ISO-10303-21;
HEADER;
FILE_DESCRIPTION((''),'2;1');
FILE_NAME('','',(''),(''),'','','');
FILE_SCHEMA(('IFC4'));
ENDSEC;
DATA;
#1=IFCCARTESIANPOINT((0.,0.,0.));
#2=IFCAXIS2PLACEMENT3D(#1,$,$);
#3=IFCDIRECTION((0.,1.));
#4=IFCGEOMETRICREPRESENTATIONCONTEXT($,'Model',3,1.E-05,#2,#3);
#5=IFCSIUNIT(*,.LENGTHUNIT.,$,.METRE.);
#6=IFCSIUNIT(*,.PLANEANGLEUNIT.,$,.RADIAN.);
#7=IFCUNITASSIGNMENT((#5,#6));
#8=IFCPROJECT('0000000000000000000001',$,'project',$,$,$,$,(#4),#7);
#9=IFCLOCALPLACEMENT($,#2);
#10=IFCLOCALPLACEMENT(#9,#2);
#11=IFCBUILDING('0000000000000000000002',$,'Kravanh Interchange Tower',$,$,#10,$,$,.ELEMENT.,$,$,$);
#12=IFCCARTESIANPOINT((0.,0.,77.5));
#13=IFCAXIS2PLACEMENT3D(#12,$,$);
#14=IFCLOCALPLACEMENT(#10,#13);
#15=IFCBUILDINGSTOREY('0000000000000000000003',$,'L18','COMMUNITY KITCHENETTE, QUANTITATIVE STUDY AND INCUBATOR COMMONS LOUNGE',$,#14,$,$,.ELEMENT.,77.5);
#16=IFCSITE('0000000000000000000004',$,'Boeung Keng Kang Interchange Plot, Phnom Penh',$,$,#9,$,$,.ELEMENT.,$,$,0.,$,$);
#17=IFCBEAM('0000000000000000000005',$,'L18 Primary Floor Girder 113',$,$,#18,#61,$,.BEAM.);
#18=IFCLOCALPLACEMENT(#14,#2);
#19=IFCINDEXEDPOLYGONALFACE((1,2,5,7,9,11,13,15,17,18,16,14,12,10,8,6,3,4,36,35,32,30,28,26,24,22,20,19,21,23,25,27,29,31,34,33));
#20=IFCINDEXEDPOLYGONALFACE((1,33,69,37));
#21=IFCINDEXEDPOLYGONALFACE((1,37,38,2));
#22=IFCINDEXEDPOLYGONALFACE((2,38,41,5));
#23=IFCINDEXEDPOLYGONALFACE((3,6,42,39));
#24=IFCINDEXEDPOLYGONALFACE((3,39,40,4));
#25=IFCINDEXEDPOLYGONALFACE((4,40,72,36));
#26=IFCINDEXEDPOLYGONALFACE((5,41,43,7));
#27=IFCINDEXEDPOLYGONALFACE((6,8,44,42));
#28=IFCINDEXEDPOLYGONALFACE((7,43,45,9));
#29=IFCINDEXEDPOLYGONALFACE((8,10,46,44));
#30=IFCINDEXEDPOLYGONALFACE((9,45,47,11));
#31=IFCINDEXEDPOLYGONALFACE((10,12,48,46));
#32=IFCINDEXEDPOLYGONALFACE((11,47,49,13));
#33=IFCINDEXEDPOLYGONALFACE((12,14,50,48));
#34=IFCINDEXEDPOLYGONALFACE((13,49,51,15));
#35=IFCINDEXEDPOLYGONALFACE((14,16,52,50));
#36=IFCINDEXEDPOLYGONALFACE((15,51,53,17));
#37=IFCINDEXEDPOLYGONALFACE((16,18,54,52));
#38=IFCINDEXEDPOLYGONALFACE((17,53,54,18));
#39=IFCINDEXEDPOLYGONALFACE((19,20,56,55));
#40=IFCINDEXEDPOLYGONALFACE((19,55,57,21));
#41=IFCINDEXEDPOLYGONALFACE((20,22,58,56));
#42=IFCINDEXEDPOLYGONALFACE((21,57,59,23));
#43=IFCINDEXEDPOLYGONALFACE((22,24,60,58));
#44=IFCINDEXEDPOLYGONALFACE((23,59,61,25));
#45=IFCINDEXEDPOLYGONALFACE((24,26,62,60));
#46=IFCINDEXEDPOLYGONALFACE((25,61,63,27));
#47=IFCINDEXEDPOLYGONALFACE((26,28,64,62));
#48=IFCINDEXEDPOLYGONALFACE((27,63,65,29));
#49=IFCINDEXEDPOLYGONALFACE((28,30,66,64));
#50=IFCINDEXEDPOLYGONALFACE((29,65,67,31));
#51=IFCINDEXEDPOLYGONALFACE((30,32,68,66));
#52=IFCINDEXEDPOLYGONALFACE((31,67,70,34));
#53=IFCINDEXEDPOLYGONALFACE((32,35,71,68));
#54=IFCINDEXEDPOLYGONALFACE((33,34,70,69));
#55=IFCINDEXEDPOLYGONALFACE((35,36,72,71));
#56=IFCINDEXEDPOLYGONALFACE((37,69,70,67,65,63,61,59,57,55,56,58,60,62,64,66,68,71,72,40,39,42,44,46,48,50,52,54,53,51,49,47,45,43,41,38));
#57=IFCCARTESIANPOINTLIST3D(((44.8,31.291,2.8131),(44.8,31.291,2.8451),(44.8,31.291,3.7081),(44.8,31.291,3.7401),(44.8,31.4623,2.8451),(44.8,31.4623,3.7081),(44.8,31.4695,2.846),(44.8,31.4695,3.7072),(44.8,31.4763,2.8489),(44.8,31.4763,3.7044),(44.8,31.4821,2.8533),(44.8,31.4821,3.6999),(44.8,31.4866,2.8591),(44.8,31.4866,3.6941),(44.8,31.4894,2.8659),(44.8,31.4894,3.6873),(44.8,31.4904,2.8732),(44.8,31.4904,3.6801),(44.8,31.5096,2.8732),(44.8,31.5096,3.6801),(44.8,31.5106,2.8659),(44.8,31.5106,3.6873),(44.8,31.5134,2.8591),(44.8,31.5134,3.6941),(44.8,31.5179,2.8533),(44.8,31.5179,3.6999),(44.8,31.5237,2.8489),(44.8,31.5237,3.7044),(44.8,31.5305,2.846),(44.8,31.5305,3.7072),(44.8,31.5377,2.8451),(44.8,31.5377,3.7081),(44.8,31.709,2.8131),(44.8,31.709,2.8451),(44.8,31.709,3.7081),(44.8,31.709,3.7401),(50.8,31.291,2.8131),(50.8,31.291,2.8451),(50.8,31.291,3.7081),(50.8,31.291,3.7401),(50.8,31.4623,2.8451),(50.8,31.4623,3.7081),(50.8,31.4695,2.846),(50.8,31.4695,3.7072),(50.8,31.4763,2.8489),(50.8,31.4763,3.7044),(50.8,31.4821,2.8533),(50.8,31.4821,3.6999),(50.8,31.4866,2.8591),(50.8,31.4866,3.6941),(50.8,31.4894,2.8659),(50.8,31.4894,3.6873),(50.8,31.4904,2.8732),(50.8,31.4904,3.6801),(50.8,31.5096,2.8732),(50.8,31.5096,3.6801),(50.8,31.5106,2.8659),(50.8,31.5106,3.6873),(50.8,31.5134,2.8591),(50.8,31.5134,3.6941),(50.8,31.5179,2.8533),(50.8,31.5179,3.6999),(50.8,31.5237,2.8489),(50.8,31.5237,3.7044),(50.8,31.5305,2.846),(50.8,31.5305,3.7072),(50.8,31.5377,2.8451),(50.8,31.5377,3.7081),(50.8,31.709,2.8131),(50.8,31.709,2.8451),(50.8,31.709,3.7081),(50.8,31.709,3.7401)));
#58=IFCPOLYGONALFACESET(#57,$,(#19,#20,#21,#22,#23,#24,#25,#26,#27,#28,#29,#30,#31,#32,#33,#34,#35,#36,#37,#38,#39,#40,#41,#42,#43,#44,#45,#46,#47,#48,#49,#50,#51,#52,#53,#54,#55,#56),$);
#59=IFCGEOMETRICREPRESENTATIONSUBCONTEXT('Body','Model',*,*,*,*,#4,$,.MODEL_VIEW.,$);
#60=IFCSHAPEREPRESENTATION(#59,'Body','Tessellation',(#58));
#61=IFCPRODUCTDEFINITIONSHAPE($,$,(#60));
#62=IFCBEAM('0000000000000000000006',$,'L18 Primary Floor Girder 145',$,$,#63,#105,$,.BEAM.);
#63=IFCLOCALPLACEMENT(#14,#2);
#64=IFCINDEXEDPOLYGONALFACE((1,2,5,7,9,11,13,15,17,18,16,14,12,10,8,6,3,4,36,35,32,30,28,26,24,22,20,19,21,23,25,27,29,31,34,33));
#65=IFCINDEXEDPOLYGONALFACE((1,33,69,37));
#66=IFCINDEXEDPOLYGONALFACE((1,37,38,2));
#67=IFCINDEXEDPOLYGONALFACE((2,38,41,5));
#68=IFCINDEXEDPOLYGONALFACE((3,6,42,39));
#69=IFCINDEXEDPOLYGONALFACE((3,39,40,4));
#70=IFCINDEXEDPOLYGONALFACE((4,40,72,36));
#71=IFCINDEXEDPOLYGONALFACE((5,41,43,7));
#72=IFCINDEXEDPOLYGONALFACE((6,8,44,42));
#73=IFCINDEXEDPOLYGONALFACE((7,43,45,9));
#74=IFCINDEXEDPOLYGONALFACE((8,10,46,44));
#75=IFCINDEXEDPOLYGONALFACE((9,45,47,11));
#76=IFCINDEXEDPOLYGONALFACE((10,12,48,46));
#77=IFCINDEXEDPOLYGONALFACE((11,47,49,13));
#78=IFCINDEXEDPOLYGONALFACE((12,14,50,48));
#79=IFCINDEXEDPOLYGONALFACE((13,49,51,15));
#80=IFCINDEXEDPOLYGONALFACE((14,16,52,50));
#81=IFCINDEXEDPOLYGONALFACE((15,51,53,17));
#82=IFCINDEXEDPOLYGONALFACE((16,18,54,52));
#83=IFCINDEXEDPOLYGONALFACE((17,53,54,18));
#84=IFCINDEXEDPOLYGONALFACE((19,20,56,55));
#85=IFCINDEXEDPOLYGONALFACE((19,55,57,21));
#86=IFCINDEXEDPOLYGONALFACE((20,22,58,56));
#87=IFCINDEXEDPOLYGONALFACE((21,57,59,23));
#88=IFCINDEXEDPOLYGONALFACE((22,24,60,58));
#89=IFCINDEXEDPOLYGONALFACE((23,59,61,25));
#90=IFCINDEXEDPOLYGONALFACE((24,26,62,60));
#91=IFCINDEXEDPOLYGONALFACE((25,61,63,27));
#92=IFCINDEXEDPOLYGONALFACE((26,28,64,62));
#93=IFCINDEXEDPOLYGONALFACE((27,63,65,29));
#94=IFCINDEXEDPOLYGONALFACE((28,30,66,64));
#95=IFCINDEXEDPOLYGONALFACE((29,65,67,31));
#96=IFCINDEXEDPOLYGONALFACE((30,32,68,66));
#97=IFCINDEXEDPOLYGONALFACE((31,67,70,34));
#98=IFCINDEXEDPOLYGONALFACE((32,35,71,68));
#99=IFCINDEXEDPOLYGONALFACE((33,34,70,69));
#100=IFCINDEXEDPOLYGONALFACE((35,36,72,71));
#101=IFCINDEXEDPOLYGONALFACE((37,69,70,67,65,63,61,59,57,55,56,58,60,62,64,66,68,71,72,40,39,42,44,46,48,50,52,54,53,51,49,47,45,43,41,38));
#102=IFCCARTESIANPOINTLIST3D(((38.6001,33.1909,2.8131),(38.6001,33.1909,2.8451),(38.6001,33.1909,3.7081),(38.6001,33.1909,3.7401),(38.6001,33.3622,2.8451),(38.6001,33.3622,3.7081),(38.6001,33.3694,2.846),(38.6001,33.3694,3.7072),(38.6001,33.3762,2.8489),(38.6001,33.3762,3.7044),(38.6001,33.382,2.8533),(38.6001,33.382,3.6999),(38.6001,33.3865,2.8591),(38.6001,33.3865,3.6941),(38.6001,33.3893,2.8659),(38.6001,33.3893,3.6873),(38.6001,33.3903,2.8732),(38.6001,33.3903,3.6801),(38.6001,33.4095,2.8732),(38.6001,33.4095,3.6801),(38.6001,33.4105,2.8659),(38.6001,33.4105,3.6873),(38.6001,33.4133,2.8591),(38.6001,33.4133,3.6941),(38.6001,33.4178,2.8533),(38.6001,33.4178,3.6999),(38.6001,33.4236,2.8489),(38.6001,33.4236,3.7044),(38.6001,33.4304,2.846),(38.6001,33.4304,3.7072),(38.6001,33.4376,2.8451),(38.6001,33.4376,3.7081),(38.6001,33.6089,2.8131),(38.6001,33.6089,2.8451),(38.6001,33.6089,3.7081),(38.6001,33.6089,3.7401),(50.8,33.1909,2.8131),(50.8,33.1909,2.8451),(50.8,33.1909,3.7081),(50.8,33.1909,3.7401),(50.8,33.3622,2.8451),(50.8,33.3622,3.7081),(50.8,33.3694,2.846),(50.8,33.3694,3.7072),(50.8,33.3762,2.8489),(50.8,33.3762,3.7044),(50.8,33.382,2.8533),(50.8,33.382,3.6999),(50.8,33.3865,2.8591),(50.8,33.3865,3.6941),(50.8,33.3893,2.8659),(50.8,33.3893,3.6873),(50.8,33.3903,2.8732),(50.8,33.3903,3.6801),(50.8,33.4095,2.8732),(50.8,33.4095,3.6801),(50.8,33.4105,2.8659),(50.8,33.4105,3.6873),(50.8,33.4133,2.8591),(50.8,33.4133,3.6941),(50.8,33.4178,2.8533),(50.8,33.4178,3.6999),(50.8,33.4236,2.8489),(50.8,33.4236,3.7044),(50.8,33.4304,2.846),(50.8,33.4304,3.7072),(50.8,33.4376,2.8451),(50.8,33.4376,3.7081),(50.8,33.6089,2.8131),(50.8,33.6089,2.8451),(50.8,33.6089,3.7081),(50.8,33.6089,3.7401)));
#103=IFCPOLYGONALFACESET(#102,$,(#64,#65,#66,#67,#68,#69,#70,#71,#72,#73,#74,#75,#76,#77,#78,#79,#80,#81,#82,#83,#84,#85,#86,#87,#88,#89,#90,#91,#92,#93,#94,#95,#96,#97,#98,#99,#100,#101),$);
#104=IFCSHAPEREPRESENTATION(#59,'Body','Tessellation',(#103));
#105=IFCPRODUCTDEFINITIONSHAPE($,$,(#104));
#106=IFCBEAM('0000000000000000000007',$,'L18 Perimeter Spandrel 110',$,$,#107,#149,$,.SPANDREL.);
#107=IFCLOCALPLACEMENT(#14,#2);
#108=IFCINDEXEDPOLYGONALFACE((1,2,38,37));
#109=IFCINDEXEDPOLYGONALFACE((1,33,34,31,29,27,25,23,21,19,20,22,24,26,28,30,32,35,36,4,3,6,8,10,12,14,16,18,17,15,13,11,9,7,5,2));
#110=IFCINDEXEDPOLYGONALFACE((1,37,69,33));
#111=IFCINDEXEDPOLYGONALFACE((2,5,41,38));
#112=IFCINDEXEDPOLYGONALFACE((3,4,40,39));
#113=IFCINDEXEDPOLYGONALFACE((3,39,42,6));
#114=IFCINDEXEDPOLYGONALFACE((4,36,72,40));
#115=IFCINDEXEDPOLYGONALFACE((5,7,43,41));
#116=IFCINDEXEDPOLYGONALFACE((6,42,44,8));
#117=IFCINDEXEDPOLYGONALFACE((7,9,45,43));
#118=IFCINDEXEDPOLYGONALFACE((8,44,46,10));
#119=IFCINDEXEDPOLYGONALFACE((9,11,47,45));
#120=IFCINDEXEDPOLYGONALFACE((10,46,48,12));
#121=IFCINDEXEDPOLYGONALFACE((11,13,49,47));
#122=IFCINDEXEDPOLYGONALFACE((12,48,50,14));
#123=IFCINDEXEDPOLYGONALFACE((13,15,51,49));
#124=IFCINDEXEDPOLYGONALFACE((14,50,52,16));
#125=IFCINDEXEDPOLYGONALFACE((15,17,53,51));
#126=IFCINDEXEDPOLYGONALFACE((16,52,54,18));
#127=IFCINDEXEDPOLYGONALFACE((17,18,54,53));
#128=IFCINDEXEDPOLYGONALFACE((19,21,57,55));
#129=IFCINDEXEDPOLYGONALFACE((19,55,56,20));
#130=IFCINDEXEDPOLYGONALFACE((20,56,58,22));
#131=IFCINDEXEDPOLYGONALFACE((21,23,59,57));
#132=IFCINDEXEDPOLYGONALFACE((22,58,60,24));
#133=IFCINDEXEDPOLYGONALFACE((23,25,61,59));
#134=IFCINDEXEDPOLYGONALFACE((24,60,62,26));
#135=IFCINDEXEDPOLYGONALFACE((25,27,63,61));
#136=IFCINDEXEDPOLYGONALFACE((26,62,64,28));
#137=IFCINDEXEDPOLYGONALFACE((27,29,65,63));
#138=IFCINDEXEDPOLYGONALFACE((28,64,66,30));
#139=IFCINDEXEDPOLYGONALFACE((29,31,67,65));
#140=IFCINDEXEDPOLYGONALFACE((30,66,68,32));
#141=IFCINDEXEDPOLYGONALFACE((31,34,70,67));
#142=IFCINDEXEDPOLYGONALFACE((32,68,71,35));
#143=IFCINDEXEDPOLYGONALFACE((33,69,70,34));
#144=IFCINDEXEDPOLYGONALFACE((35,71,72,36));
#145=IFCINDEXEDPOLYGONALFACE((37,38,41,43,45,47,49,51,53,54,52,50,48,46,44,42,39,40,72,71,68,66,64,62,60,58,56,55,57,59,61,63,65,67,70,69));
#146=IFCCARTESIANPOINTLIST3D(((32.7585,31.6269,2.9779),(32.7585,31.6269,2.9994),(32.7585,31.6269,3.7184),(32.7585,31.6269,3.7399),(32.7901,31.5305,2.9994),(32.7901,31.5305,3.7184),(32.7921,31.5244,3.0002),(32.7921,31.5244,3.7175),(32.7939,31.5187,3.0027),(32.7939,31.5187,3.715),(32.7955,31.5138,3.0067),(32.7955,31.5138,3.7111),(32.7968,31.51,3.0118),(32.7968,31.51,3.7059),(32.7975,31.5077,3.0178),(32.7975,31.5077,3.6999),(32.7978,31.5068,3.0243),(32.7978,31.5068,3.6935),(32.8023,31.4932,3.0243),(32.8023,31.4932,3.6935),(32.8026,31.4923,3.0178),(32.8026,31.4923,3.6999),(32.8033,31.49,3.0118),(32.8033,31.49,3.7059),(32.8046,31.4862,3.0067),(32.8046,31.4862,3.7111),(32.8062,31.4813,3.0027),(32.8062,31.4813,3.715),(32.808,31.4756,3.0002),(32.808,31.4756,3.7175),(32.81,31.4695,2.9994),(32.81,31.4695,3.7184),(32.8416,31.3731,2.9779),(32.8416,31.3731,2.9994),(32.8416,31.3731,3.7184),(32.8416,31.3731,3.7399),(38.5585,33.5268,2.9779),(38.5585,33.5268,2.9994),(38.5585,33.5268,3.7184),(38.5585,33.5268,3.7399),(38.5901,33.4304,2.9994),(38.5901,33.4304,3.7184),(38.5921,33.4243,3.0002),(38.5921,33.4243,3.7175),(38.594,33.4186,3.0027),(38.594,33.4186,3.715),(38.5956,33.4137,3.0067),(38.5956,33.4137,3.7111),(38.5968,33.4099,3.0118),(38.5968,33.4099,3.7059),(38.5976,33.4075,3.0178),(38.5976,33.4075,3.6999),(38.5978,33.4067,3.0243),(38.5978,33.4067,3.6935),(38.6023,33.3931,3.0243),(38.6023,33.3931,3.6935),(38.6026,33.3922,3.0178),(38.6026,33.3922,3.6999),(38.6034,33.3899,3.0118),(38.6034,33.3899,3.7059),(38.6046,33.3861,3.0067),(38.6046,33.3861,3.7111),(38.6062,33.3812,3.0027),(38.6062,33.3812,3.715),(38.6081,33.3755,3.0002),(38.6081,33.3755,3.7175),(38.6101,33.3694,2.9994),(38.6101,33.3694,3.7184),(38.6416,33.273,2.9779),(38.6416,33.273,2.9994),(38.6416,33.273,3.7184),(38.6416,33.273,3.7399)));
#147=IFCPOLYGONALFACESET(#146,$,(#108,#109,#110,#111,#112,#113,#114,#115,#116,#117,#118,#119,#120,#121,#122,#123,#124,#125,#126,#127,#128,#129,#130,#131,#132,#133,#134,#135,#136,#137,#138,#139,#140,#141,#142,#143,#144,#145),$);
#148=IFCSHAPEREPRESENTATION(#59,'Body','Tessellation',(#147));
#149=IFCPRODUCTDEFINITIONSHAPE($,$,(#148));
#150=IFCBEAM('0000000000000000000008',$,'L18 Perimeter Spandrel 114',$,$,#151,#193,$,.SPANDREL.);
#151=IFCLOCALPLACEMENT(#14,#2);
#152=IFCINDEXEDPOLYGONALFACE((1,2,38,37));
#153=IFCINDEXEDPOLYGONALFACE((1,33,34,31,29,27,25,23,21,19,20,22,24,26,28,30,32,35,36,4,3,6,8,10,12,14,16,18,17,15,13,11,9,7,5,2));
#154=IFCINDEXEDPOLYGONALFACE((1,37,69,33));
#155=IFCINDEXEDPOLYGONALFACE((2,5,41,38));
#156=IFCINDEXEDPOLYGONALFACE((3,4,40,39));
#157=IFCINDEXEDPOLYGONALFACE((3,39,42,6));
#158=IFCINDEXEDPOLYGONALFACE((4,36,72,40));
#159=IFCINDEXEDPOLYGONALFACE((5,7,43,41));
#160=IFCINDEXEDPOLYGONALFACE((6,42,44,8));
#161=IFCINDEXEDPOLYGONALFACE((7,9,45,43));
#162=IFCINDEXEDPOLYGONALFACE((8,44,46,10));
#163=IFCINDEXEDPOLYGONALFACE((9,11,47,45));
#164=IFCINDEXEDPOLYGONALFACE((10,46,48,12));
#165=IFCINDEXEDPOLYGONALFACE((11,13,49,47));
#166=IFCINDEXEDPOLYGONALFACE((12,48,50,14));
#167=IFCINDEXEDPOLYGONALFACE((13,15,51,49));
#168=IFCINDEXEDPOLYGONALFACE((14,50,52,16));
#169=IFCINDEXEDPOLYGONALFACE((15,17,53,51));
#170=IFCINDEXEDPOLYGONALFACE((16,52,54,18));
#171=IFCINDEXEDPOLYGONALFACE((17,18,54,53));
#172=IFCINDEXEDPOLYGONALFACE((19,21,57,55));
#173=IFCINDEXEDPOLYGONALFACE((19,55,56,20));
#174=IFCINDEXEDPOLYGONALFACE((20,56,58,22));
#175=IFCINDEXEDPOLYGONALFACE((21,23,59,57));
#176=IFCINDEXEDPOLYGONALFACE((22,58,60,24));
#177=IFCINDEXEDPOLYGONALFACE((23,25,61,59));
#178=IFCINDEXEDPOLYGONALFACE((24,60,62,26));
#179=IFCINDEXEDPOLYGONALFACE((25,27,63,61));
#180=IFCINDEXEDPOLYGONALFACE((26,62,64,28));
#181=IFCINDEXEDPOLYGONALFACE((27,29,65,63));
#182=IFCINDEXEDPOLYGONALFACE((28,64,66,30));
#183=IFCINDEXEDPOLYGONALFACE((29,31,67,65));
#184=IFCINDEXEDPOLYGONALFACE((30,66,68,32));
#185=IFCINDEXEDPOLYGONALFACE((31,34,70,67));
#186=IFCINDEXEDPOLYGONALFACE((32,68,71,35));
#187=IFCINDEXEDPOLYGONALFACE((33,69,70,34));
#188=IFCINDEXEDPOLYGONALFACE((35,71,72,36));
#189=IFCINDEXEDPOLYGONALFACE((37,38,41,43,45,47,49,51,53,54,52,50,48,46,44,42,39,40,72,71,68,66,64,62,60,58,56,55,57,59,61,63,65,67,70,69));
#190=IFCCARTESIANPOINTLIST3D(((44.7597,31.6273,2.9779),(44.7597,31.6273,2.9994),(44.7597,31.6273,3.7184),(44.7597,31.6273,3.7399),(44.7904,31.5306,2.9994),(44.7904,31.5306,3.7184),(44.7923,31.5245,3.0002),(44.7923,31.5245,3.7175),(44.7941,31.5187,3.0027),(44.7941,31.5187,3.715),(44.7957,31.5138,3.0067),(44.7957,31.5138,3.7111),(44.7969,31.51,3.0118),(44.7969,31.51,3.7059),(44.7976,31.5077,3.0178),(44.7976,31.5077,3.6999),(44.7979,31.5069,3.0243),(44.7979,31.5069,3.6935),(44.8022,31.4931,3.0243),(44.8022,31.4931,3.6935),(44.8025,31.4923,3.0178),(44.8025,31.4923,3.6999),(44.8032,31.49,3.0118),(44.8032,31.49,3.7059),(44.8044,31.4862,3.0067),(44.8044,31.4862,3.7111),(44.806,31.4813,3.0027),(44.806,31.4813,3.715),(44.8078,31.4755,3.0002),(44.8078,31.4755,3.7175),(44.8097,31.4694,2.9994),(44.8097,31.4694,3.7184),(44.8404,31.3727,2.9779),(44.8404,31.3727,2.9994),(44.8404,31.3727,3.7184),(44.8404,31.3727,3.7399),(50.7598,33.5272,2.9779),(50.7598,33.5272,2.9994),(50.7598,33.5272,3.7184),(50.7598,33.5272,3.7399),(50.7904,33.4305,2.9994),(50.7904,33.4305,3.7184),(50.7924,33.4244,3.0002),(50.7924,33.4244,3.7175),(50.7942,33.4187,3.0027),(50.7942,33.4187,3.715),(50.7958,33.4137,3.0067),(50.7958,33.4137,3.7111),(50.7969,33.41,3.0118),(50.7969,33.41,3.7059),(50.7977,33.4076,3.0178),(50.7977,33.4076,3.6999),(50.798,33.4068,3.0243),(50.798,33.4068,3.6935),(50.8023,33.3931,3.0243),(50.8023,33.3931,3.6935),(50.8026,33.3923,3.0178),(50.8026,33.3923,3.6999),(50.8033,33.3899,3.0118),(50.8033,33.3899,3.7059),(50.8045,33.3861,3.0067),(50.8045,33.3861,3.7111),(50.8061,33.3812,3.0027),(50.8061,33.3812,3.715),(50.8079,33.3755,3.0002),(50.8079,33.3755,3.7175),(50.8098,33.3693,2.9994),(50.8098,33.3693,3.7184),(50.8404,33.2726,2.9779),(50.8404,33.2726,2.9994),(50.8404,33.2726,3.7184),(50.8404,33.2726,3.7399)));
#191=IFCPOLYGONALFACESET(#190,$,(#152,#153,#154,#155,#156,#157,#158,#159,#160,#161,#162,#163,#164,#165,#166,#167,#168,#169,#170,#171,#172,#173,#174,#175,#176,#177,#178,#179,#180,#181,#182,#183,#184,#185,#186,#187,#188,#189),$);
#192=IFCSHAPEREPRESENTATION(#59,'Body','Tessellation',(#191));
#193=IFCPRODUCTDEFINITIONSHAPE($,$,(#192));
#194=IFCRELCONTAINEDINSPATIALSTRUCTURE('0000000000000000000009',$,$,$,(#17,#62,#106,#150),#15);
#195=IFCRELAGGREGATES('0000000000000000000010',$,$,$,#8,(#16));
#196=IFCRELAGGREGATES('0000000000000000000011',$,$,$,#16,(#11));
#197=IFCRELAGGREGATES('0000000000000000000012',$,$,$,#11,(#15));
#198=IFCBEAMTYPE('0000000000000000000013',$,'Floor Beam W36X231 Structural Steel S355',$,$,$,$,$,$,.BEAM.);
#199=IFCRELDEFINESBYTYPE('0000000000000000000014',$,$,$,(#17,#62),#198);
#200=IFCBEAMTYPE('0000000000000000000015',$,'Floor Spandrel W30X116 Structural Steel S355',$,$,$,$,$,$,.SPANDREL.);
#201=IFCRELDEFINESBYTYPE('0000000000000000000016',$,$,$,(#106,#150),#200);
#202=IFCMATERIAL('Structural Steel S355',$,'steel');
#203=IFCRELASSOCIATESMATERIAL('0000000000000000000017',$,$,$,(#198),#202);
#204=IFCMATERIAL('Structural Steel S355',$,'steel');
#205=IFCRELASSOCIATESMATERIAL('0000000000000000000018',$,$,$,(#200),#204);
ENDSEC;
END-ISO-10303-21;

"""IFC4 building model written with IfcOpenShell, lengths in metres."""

from ifc_helpers import new_model, si_unit, direction, frame, origin, origin_2d, place, context, subcontext, project, spatial, i_section, extrude, material, material_profile, profile_set, type_object, element, save


model = new_model("IFC4")

# Units and contexts
model_context = context("Model", 3, precision=1e-05, world=origin(), true_north=direction((0.0, 1.0)))
body_context = subcontext(model_context, "Body", "Model", "MODEL_VIEW")
ifc_project = project(units=[si_unit("LENGTHUNIT", "METRE"), si_unit("PLANEANGLEUNIT", "RADIAN")], contexts=[model_context])

# Site, building, storey
site_placement = place(None, origin())
site = spatial("IfcSite", under=ifc_project, at=site_placement, Name="Boeung Keng Kang Interchange Plot, Phnom Penh", CompositionType="ELEMENT", RefElevation=0.0)
building_placement = place(site_placement, origin())
building = spatial("IfcBuilding", under=site, at=building_placement, Name="Kravanh Interchange Tower", CompositionType="ELEMENT")
storey_placement = place(building_placement, frame((0.0, 0.0, 77.5)))
storey = spatial("IfcBuildingStorey", under=building, at=storey_placement, Name="L18", Description="COMMUNITY KITCHENETTE, QUANTITATIVE STUDY AND INCUBATOR COMMONS LOUNGE", CompositionType="ELEMENT", Elevation=77.5)

# Beams
ifc_material_1 = material(Name="Structural Steel S355", Category="steel")
ifc_material_profile_1 = material_profile(ifc_material_1, i_section(OverallWidth=0.418, OverallDepth=0.927, WebThickness=0.0193, FlangeThickness=0.032, FilletRadius=0.0281, at=origin_2d()), Name="W36X231")
ifc_profile_set_1 = profile_set([ifc_material_profile_1], Name="Structural Steel S355")
beam_type_1 = type_object("IfcBeamType", Name="Floor Beam W36X231 Structural Steel S355", PredefinedType="BEAM", material=ifc_profile_set_1)
beam_1_placement = place(storey_placement, frame((44.8, 31.5, 3.2766), z_axis=(1.0, 0.0, 0.0), x_axis=(0.0, 1.0, 0.0)))
element("IfcBeam", 1, at=beam_1_placement, inside=storey, type_object=beam_type_1, Name="L18 Primary Floor Girder 113", PredefinedType="BEAM", context=body_context, shape_type="SweptSolid", body=[
    extrude(i_section(OverallWidth=0.418, OverallDepth=0.927, WebThickness=0.0193, FlangeThickness=0.032, FilletRadius=0.0281, at=origin_2d()), origin(), (0.0, 0.0, 1.0), 6.0),
])
beam_2_placement = place(storey_placement, frame((38.6001, 33.3999, 3.2766), z_axis=(1.0, 0.0, 0.0), x_axis=(0.0, 1.0, 0.0)))
element("IfcBeam", 2, at=beam_2_placement, inside=storey, type_object=beam_type_1, Name="L18 Primary Floor Girder 145", PredefinedType="BEAM", context=body_context, shape_type="SweptSolid", body=[
    extrude(i_section(OverallWidth=0.418, OverallDepth=0.927, WebThickness=0.0193, FlangeThickness=0.032, FilletRadius=0.0281, at=origin_2d()), origin(), (0.0, 0.0, 1.0), 12.2),
])
ifc_material_2 = material(Name="Structural Steel S355", Category="steel")
ifc_material_profile_2 = material_profile(ifc_material_2, i_section(OverallWidth=0.2671, OverallDepth=0.762, WebThickness=0.0144, FlangeThickness=0.0215, FilletRadius=0.0249, at=origin_2d()), Name="W30X116")
ifc_profile_set_2 = profile_set([ifc_material_profile_2], Name="Structural Steel S355")
beam_type_2 = type_object("IfcBeamType", Name="Floor Spandrel W30X116 Structural Steel S355", PredefinedType="SPANDREL", material=ifc_profile_set_2)
beam_3_placement = place(storey_placement, frame((32.8, 31.5, 3.3589), z_axis=(0.950315, 0.311291, 0.0), x_axis=(-0.311291, 0.950315, 0.0)))
element("IfcBeam", 3, at=beam_3_placement, inside=storey, type_object=beam_type_2, Name="L18 Perimeter Spandrel 110", PredefinedType="SPANDREL", context=body_context, shape_type="SweptSolid", body=[
    extrude(i_section(OverallWidth=0.2671, OverallDepth=0.762, WebThickness=0.0144, FlangeThickness=0.0215, FilletRadius=0.0249, at=origin_2d()), origin(), (0.0, 0.0, 1.0), 6.1033),
])
beam_4_placement = place(storey_placement, frame((44.8, 31.5, 3.3589), z_axis=(0.953347, 0.301878, 0.0), x_axis=(-0.301878, 0.953347, 0.0)))
element("IfcBeam", 4, at=beam_4_placement, inside=storey, type_object=beam_type_2, Name="L18 Perimeter Spandrel 114", PredefinedType="SPANDREL", context=body_context, shape_type="SweptSolid", body=[
    extrude(i_section(OverallWidth=0.2671, OverallDepth=0.762, WebThickness=0.0144, FlangeThickness=0.0215, FilletRadius=0.0249, at=origin_2d()), origin(), (0.0, 0.0, 1.0), 6.2937),
])

save(model, "model.ifc")
